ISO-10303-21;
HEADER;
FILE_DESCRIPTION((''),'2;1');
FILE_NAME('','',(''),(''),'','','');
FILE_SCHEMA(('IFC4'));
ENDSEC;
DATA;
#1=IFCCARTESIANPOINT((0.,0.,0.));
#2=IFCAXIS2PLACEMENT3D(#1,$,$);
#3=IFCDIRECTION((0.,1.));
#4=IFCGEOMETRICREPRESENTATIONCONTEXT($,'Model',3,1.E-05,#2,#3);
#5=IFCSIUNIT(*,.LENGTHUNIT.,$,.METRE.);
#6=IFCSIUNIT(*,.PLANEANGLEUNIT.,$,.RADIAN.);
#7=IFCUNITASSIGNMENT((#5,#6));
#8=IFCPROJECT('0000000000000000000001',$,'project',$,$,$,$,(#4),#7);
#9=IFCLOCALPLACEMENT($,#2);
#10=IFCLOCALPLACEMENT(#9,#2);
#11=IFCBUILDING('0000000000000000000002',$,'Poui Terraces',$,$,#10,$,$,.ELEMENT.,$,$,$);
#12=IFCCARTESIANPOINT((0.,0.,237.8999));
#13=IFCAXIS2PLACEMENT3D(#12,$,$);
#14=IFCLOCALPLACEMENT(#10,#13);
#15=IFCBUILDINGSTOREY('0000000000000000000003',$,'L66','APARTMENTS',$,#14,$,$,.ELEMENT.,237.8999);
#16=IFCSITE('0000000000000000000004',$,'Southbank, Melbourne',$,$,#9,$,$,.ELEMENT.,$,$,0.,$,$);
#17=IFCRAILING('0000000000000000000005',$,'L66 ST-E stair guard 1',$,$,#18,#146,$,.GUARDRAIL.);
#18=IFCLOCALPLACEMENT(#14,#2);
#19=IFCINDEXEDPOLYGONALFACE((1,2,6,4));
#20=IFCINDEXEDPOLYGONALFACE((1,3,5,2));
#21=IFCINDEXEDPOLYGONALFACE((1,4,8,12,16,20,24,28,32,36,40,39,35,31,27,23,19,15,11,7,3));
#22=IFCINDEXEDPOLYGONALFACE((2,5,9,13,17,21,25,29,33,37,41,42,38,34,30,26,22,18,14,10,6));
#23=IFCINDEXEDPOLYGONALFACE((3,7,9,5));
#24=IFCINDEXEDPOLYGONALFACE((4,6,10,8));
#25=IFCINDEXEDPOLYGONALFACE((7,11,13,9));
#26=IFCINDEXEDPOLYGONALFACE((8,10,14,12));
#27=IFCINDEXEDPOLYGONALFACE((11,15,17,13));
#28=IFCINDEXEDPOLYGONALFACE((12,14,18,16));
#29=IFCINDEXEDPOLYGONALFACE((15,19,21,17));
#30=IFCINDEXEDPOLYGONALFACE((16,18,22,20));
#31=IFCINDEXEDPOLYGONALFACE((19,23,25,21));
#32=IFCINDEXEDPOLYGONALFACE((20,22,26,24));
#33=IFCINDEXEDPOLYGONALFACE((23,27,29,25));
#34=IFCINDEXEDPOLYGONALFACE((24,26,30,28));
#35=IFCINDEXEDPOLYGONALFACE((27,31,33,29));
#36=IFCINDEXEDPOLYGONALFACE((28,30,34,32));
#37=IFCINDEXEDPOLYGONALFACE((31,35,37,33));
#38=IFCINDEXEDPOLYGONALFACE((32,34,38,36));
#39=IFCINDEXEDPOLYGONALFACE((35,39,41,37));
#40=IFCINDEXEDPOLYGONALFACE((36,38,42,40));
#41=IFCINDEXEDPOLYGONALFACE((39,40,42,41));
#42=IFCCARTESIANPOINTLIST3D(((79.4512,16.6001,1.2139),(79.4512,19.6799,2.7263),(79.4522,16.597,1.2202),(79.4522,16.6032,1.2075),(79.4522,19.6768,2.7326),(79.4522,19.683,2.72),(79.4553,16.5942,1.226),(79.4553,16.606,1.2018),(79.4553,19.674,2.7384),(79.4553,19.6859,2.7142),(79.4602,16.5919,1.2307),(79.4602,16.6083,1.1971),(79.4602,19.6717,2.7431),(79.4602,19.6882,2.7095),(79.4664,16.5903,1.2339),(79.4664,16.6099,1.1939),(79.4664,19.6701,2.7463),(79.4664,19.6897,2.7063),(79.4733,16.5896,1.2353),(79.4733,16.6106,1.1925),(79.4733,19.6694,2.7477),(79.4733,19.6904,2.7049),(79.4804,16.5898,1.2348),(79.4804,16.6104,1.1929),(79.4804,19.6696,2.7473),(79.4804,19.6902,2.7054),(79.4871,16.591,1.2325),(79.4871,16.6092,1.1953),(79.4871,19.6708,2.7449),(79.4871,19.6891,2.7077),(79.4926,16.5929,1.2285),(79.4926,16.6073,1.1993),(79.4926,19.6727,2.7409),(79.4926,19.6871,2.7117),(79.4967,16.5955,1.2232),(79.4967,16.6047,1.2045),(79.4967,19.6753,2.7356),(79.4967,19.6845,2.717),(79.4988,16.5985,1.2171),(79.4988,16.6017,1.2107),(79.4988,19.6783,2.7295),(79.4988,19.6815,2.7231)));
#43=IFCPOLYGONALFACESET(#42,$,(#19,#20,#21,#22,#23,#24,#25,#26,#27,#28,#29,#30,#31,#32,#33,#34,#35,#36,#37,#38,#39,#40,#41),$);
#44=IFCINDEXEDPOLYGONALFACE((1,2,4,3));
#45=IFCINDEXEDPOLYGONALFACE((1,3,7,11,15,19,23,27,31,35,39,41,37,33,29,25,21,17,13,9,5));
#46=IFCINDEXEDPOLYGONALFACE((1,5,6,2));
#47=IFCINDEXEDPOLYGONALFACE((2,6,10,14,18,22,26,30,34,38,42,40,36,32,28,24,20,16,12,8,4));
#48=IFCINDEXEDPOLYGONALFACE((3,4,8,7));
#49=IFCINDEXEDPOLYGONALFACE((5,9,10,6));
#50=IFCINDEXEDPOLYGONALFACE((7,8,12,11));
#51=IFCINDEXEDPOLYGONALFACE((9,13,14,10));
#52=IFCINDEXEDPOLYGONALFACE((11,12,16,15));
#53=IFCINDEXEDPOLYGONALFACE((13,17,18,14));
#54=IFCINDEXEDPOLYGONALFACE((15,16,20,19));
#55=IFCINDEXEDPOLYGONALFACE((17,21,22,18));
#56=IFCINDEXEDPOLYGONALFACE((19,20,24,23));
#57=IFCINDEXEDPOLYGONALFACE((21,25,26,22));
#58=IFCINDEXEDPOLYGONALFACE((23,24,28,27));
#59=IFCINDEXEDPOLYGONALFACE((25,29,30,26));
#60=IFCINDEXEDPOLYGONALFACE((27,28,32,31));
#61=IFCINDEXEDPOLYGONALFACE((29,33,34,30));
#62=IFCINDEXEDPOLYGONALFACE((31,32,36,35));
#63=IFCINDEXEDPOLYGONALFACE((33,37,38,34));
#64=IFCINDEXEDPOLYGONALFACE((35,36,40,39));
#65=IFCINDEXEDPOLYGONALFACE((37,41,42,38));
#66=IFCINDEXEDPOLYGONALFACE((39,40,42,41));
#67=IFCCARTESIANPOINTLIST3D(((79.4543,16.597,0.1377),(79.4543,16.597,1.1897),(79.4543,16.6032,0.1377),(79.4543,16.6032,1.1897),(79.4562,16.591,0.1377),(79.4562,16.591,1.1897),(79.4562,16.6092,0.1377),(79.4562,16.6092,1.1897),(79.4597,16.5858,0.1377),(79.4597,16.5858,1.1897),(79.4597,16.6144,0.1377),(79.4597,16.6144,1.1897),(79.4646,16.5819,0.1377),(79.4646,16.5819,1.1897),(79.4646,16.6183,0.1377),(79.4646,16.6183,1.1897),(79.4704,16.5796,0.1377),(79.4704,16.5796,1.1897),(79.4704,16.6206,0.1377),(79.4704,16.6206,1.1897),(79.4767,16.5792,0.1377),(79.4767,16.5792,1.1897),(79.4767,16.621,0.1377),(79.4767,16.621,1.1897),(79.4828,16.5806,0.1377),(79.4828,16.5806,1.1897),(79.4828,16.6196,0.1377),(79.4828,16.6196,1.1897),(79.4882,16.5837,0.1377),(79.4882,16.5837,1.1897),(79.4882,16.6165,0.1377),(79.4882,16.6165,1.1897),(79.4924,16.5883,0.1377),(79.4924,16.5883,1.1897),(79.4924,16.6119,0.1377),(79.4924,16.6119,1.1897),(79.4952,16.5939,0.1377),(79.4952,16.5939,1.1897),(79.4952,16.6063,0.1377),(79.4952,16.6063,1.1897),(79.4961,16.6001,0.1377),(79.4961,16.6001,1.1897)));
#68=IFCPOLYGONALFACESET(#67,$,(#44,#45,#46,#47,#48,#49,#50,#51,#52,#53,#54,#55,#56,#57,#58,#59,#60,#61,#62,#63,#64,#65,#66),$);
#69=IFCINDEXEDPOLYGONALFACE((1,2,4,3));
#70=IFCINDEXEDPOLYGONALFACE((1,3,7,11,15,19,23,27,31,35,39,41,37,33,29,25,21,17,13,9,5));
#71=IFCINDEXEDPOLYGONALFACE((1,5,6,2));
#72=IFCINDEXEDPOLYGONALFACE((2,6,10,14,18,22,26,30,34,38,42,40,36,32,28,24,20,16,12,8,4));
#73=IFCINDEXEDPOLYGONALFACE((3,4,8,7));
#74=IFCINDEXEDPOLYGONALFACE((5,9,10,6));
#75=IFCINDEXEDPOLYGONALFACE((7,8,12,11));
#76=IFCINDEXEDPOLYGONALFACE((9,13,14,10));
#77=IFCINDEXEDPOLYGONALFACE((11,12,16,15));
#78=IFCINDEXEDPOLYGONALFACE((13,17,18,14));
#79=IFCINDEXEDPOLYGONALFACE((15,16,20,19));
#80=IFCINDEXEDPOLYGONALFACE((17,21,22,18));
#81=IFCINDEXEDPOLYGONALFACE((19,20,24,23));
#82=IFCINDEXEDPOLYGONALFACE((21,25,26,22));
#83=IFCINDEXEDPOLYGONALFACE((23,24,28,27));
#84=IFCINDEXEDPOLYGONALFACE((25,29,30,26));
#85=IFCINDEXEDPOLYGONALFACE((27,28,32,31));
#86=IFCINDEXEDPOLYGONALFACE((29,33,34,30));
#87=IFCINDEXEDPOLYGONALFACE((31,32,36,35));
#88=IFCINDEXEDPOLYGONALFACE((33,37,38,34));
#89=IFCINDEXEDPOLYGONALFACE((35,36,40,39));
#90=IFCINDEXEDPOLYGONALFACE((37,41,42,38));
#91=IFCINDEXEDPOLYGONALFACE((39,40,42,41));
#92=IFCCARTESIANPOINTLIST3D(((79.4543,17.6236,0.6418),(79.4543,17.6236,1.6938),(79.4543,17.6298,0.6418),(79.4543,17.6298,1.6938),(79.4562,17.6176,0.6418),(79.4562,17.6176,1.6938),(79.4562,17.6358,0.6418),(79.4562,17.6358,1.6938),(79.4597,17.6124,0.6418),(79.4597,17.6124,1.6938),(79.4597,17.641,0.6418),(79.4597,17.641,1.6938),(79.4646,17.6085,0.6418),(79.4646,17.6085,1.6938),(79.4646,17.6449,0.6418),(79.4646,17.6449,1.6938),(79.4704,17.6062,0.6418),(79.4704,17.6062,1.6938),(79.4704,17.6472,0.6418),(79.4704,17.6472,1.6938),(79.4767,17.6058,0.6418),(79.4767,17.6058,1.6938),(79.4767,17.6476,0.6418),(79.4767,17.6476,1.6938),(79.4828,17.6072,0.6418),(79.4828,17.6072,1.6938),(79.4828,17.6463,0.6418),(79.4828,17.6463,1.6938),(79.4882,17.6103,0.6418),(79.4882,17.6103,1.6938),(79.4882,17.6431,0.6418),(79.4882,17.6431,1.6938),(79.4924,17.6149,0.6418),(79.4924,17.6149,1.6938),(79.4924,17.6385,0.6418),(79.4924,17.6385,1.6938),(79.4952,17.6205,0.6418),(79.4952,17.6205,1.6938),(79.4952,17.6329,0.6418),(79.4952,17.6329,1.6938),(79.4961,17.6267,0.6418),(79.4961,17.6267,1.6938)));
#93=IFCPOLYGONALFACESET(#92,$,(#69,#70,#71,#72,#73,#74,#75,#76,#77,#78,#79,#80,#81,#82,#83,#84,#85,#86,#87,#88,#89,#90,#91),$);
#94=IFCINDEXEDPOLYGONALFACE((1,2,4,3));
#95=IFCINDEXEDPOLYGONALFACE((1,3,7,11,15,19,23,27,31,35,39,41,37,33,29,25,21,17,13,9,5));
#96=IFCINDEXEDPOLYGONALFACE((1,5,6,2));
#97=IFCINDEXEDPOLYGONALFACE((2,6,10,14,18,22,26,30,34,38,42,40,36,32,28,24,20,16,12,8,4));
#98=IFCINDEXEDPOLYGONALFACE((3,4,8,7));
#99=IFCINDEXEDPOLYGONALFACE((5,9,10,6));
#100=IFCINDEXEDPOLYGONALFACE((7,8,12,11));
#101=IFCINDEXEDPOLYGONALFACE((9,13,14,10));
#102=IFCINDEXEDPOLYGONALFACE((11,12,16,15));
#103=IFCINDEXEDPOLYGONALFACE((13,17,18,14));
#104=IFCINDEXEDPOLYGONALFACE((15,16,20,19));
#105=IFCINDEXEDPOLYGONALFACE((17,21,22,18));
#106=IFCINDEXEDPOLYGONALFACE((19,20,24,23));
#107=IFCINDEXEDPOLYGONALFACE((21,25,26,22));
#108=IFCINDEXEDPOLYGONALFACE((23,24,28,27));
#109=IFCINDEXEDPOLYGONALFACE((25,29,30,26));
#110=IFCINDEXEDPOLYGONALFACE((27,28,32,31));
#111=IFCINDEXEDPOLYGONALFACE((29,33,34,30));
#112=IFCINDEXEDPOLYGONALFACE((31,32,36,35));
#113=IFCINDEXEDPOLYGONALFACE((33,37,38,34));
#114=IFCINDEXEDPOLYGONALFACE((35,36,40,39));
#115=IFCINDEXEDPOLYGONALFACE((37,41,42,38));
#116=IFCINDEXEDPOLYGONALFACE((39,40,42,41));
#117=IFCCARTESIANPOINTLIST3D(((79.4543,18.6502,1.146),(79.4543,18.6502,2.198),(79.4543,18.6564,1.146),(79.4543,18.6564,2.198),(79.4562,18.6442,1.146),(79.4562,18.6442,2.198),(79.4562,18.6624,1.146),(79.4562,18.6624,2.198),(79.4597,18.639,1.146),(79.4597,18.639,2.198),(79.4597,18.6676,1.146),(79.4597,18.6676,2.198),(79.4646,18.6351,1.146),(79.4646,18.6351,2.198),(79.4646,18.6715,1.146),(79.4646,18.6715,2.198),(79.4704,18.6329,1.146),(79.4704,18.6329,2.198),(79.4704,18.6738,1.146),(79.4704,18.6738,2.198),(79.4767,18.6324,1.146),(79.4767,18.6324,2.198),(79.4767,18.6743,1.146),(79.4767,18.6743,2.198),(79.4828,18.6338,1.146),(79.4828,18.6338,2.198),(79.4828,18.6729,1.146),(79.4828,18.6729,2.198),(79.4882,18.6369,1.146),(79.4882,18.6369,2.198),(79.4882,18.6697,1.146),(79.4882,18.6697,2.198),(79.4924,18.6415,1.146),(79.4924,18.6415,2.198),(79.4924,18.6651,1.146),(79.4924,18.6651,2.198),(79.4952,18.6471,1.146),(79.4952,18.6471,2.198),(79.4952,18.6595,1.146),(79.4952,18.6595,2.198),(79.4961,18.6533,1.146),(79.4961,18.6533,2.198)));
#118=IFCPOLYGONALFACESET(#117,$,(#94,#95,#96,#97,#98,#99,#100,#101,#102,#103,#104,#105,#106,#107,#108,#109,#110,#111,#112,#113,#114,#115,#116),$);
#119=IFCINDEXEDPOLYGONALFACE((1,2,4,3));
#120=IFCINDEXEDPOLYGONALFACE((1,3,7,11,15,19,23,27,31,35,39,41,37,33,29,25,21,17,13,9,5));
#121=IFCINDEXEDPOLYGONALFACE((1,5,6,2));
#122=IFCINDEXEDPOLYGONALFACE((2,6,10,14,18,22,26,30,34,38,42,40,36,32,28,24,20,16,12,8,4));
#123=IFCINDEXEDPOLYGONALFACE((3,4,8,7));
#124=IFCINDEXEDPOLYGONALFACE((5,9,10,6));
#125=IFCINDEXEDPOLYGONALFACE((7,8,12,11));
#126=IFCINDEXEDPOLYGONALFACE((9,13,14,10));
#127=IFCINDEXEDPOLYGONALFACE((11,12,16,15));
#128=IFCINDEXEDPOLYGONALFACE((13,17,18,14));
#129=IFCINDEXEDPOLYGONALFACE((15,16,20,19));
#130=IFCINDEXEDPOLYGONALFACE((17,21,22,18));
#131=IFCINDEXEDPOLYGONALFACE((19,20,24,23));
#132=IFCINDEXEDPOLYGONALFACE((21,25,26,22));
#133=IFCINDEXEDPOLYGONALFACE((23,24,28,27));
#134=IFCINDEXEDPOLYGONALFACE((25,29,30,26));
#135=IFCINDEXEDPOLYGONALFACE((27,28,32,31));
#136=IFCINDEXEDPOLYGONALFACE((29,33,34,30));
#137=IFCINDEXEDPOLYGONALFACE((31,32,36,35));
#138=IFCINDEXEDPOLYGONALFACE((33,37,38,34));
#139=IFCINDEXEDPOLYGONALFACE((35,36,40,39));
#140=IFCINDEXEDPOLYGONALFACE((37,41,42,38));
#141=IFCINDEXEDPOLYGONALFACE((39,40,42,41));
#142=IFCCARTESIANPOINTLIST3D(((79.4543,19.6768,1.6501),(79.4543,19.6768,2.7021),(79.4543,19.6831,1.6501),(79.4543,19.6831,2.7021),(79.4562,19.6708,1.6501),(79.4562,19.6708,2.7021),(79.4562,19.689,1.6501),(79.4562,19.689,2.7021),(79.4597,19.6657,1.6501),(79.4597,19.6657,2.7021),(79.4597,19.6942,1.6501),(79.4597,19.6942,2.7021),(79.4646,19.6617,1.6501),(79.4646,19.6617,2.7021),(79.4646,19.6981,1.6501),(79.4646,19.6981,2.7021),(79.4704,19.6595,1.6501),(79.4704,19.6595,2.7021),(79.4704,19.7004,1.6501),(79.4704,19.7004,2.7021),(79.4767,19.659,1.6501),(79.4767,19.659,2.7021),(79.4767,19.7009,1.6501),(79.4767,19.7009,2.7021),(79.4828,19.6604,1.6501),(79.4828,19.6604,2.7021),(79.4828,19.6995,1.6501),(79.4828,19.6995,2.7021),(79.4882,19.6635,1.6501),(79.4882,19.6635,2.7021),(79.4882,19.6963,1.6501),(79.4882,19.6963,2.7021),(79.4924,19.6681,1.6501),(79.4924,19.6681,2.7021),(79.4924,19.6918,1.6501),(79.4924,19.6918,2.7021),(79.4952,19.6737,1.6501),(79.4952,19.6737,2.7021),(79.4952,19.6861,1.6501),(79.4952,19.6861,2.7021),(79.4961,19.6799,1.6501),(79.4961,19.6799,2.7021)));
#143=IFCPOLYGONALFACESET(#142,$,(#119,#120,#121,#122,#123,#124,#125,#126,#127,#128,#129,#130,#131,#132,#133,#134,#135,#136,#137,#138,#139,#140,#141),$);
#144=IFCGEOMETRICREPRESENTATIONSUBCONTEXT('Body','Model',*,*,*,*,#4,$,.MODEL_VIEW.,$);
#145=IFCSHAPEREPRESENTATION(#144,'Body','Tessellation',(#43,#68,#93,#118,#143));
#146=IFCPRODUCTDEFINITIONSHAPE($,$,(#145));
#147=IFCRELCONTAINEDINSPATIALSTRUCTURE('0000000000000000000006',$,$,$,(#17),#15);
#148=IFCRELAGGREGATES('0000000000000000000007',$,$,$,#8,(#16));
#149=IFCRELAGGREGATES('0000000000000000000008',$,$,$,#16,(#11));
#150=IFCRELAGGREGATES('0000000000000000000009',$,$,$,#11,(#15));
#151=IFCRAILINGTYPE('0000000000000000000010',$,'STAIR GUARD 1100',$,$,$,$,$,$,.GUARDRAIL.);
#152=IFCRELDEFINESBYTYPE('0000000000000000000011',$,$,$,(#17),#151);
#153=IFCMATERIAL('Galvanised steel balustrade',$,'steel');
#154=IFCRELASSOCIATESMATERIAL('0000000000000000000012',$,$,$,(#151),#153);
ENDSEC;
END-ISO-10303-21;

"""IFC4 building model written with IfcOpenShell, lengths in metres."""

from ifc_helpers import new_model, si_unit, direction, frame, origin, origin_2d, place, context, subcontext, project, spatial, circle, extrude, material, type_object, element, save


model = new_model("IFC4")

# Units and contexts
model_context = context("Model", 3, precision=1e-05, world=origin(), true_north=direction((0.0, 1.0)))
body_context = subcontext(model_context, "Body", "Model", "MODEL_VIEW")
ifc_project = project(units=[si_unit("LENGTHUNIT", "METRE"), si_unit("PLANEANGLEUNIT", "RADIAN")], contexts=[model_context])

# Site, building, storey
site_placement = place(None, origin())
site = spatial("IfcSite", under=ifc_project, at=site_placement, Name="Southbank, Melbourne", CompositionType="ELEMENT", RefElevation=0.0)
building_placement = place(site_placement, origin())
building = spatial("IfcBuilding", under=site, at=building_placement, Name="Poui Terraces", CompositionType="ELEMENT")
storey_placement = place(building_placement, frame((0.0, 0.0, 237.8999)))
storey = spatial("IfcBuildingStorey", under=building, at=storey_placement, Name="L66", Description="APARTMENTS", CompositionType="ELEMENT", Elevation=237.8999)

# Railing
ifc_material_1 = material(Name="Galvanised steel balustrade", Category="steel")
railing_type_1 = type_object("IfcRailingType", Name="STAIR GUARD 1100", PredefinedType="GUARDRAIL", material=ifc_material_1)
railing_1_placement = place(storey_placement, frame((79.4751, 16.6001, 0.1377)))
element("IfcRailing", 1, at=railing_1_placement, inside=storey, type_object=railing_type_1, Name="L66 ST-E stair guard 1", PredefinedType="GUARDRAIL", context=body_context, shape_type="SweptSolid", body=[
    extrude(circle(Radius=0.0239, at=origin_2d()), frame((0.0, 0.0, 1.0762), z_axis=(0.0, 0.897606, 0.440798), x_axis=(-1.0, 0.0, 0.0)), (0.0, 0.0, 1.0), 3.4312),
    extrude(circle(Radius=0.021, at=origin_2d()), origin(), (0.0, 0.0, 1.0), 1.052),
    extrude(circle(Radius=0.021, at=origin_2d()), frame((0.0, 1.0266, 0.5042)), (0.0, 0.0, 1.0), 1.052),
    extrude(circle(Radius=0.021, at=origin_2d()), frame((0.0, 2.0532, 1.0083)), (0.0, 0.0, 1.0), 1.052),
    extrude(circle(Radius=0.021, at=origin_2d()), frame((0.0, 3.0798, 1.5125)), (0.0, 0.0, 1.0), 1.052),
])

save(model, "model.ifc")
